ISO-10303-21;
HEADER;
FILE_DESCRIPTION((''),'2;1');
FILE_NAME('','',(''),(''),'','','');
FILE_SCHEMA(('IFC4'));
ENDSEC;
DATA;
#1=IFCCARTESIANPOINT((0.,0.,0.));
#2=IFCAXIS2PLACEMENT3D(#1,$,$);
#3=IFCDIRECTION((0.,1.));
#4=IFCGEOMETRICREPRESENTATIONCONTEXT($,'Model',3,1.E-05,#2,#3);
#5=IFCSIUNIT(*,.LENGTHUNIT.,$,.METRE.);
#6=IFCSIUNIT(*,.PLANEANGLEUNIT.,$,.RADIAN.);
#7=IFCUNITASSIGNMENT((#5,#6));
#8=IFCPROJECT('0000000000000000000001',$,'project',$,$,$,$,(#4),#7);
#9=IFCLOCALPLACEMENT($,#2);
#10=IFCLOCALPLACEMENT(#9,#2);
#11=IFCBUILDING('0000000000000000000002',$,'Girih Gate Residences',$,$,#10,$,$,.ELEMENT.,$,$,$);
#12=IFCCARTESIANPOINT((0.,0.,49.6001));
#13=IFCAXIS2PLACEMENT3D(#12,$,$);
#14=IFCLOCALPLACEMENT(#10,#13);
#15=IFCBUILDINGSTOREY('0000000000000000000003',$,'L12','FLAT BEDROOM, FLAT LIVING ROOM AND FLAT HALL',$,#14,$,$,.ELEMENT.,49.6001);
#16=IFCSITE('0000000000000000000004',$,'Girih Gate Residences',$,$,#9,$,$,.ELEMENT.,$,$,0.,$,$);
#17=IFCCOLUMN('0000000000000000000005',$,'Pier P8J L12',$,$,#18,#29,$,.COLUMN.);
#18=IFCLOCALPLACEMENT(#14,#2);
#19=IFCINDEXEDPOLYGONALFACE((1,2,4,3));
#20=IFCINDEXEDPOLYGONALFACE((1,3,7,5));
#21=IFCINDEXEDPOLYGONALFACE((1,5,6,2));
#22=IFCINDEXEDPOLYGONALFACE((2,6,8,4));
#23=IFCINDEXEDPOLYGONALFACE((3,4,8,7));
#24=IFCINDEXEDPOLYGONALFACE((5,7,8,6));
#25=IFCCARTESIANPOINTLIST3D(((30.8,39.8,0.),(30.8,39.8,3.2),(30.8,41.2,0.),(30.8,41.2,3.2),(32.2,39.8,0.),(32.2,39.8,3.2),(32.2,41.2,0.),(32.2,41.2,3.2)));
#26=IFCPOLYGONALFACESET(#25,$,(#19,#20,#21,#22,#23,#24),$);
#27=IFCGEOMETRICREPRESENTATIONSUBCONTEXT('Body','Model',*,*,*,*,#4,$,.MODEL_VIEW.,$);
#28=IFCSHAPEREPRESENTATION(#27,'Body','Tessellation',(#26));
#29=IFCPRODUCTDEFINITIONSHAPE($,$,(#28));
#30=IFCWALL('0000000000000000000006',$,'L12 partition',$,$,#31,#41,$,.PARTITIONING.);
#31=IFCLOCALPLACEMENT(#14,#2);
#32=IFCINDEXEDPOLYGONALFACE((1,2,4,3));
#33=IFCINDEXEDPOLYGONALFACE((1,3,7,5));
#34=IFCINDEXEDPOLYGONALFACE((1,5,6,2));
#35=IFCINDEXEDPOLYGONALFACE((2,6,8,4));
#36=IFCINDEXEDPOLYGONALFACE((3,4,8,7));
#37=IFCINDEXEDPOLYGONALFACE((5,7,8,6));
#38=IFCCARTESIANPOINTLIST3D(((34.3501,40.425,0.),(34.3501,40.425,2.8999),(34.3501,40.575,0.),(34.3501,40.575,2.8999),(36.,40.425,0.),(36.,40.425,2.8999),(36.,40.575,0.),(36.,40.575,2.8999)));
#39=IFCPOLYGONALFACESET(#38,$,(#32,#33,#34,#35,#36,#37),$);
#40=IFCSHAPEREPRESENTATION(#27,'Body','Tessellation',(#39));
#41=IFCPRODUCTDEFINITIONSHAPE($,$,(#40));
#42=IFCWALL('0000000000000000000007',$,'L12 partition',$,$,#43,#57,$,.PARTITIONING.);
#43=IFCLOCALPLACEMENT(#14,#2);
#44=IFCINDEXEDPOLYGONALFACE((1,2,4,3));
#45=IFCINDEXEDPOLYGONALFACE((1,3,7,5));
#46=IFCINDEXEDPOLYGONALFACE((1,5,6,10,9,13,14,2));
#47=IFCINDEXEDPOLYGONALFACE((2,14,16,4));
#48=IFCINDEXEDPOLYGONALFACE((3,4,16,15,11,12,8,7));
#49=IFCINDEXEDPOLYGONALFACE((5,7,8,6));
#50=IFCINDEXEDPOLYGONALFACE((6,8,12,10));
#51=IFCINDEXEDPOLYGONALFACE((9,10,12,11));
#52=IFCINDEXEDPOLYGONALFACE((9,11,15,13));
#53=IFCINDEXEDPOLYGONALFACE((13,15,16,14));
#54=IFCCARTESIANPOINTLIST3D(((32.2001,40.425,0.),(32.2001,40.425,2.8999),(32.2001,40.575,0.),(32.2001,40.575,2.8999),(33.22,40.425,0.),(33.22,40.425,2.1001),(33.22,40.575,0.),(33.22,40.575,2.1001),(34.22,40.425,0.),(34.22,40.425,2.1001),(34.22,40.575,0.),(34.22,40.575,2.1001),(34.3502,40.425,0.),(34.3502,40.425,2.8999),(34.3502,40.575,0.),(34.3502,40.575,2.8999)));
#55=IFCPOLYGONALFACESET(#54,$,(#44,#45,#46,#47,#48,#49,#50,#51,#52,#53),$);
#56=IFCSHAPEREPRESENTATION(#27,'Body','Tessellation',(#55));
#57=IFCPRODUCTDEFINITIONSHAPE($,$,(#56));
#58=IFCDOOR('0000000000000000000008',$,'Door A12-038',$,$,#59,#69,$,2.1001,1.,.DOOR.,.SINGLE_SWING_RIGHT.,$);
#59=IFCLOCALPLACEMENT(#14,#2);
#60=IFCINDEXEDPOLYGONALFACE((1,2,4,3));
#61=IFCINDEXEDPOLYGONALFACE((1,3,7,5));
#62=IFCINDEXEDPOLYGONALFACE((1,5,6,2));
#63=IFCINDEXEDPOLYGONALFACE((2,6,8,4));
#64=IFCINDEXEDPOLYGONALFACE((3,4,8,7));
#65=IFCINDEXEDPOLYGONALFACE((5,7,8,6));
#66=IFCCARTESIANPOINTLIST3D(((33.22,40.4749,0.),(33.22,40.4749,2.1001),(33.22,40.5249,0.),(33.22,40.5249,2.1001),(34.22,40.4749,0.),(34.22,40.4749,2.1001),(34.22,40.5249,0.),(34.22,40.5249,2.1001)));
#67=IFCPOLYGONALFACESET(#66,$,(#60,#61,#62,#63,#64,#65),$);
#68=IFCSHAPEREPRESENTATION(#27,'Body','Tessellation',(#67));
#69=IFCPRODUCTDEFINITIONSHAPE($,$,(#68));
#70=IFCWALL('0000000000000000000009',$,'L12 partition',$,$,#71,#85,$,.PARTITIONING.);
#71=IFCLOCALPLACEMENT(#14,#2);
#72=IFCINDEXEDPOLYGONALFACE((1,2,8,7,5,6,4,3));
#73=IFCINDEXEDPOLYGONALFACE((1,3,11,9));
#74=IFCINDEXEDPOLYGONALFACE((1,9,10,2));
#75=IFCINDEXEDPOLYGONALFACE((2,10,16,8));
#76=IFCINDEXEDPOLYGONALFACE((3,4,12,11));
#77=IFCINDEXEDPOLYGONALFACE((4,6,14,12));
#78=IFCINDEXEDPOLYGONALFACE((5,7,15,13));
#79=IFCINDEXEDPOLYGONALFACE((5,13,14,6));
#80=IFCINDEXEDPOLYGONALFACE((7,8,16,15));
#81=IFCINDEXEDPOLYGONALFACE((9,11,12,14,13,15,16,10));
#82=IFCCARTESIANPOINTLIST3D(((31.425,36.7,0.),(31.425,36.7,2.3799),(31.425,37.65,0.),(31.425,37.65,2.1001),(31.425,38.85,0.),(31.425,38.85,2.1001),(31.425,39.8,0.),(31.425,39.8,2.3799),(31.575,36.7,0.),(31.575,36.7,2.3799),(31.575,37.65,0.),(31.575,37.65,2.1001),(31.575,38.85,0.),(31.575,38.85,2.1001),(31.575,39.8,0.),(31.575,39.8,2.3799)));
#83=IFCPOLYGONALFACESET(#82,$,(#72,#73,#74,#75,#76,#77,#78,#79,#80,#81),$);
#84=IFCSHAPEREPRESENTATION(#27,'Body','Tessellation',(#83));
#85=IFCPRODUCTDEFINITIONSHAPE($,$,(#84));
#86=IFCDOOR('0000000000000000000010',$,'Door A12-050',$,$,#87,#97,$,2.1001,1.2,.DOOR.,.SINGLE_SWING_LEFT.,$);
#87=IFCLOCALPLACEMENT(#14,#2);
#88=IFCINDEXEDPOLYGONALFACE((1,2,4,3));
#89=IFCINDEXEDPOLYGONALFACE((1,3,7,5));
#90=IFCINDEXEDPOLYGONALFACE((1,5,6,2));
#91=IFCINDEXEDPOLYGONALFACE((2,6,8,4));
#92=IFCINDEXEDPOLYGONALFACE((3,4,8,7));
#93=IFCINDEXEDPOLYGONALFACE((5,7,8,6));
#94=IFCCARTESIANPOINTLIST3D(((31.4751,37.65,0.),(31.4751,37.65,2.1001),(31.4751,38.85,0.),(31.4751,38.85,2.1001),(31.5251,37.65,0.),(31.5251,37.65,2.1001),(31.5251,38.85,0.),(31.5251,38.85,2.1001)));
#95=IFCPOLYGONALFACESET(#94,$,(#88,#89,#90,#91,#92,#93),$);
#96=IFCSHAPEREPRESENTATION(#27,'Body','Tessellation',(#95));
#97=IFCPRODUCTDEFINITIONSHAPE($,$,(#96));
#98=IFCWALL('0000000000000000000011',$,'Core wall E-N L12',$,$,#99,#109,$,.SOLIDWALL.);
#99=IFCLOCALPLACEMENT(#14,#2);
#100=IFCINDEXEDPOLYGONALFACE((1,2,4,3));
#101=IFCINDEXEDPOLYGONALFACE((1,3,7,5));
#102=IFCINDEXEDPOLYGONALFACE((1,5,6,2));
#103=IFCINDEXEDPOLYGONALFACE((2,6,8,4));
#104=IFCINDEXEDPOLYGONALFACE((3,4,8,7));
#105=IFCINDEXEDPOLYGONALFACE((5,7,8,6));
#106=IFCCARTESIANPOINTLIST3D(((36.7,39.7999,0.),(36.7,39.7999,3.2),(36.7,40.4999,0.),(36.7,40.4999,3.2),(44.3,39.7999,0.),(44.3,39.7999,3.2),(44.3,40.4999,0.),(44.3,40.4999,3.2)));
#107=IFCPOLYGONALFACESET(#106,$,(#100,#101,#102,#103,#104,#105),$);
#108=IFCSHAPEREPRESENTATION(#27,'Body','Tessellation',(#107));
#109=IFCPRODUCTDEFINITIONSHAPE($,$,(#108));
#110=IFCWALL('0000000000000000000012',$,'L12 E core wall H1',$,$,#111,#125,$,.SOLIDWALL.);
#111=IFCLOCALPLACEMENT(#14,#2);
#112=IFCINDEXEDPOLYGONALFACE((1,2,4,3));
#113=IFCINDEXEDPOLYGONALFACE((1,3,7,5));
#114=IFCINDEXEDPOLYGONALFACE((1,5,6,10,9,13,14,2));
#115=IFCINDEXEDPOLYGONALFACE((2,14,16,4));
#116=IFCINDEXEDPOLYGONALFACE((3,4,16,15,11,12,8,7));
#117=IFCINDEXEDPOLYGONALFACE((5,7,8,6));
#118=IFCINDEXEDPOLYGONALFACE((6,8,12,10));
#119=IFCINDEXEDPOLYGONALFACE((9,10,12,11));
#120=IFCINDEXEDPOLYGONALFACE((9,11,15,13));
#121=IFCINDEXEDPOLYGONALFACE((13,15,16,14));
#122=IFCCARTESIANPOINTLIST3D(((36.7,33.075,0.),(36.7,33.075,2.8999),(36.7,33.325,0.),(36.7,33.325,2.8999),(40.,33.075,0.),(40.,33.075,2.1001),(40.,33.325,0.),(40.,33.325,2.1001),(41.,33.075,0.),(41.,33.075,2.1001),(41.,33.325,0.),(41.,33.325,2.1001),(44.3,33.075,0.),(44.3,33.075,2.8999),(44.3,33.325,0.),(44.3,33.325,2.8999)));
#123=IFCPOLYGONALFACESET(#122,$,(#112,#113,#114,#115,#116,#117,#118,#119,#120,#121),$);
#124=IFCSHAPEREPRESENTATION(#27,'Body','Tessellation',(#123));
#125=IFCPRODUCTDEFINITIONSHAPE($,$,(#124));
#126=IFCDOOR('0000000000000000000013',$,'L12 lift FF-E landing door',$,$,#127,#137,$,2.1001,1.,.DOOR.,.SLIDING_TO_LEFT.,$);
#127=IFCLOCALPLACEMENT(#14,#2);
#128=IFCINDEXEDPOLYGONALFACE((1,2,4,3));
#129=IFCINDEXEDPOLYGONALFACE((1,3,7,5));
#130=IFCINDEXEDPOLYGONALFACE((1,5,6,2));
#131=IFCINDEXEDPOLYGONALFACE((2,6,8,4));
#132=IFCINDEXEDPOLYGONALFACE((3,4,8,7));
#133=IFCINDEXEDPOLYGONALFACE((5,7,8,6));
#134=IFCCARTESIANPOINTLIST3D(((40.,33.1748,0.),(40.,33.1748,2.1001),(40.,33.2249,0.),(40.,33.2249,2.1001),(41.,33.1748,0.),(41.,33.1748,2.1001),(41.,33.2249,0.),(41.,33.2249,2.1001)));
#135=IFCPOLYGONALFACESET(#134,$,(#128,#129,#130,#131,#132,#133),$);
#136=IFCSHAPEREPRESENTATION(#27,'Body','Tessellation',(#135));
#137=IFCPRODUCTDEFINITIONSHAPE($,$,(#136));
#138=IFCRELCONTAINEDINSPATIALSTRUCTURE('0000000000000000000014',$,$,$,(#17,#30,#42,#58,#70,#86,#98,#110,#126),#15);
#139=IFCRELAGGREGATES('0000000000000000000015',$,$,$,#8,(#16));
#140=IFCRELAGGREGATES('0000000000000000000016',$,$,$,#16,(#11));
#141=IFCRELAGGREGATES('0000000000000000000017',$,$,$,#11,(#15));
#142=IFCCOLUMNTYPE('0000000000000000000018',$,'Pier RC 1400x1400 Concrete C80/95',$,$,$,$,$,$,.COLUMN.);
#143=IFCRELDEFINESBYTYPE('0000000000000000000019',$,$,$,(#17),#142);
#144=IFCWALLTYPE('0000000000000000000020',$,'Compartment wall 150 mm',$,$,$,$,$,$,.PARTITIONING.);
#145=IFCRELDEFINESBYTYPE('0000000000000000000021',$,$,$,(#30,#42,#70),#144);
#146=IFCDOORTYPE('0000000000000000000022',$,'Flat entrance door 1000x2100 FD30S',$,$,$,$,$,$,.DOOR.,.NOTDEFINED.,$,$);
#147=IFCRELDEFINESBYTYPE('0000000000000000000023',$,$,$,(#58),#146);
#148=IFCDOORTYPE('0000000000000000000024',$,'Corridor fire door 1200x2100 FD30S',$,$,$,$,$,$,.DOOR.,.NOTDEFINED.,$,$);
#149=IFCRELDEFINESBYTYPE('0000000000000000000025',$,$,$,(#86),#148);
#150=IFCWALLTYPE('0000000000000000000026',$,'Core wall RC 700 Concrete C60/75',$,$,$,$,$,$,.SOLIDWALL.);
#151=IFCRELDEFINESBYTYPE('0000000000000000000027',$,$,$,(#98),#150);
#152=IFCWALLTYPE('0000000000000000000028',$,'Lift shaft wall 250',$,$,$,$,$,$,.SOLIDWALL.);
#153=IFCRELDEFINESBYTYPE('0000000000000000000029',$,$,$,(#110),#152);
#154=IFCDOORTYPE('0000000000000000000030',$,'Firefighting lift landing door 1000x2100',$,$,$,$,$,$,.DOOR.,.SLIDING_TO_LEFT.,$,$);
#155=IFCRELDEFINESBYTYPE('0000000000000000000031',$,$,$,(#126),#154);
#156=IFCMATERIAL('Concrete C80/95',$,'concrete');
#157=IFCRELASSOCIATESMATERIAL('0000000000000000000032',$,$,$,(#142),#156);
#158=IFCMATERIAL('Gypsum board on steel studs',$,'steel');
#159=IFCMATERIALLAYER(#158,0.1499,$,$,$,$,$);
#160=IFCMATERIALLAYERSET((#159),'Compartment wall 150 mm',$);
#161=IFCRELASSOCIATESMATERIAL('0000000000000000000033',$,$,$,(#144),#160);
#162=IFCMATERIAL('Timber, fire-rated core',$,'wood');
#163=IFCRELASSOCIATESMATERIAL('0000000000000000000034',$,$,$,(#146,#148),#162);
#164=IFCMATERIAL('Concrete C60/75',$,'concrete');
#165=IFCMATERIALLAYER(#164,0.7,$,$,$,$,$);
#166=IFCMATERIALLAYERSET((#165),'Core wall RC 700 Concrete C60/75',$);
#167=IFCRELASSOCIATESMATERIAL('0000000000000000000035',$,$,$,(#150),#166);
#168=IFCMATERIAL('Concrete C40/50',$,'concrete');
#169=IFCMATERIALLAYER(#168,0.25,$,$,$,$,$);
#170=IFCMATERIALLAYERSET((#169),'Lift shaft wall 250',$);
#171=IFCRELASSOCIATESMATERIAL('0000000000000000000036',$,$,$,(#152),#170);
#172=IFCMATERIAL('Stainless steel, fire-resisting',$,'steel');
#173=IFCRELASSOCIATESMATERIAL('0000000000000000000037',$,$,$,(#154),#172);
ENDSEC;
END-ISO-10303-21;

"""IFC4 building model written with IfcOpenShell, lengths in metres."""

from ifc_helpers import new_model, si_unit, direction, frame, frame_2d, origin, origin_2d, place, context, subcontext, project, spatial, rectangle, extrude, material, layer, layer_set, material_profile, profile_set, type_object, element, fill, save


model = new_model("IFC4")

# Units and contexts
model_context = context("Model", 3, precision=1e-05, world=origin(), true_north=direction((0.0, 1.0)))
body_context = subcontext(model_context, "Body", "Model", "MODEL_VIEW")
ifc_project = project(units=[si_unit("LENGTHUNIT", "METRE"), si_unit("PLANEANGLEUNIT", "RADIAN")], contexts=[model_context])

# Site, building, storey
site_placement = place(None, origin())
site = spatial("IfcSite", under=ifc_project, at=site_placement, Name="Girih Gate Residences", CompositionType="ELEMENT", RefElevation=0.0)
building_placement = place(site_placement, origin())
building = spatial("IfcBuilding", under=site, at=building_placement, Name="Girih Gate Residences", CompositionType="ELEMENT")
storey_placement = place(building_placement, frame((0.0, 0.0, 49.6001)))
storey = spatial("IfcBuildingStorey", under=building, at=storey_placement, Name="L12", Description="FLAT BEDROOM, FLAT LIVING ROOM AND FLAT HALL", CompositionType="ELEMENT", Elevation=49.6001)

# Column
ifc_material_1 = material(Name="Concrete C80/95", Category="concrete")
ifc_material_profile = material_profile(ifc_material_1, rectangle(XDim=1.3999, YDim=1.3999, at=origin_2d()))
ifc_profile_set = profile_set([ifc_material_profile], Name="Concrete C80/95")
column_type = type_object("IfcColumnType", Name="Pier RC 1400x1400 Concrete C80/95", PredefinedType="COLUMN", material=ifc_profile_set)
column_placement = place(storey_placement, frame((31.5, 40.5, 0.0), z_axis=(0.0, 0.0, 1.0), x_axis=(1.0, 0.0, 0.0)))
element("IfcColumn", 1, at=column_placement, inside=storey, type_object=column_type, Name="Pier P8J L12", PredefinedType="COLUMN", context=body_context, shape_type="SweptSolid", body=[
    extrude(rectangle(XDim=1.3999, YDim=1.3999, at=origin_2d()), origin(), (0.0, 0.0, 1.0), 3.2),
])

# Wall
ifc_material_2 = material(Name="Gypsum board on steel studs", Category="steel")
ifc_layer_1 = layer(ifc_material_2, 0.1499)
ifc_layer_set_1 = layer_set([ifc_layer_1], Name="Compartment wall 150 mm")
wall_type_1 = type_object("IfcWallType", Name="Compartment wall 150 mm", PredefinedType="PARTITIONING", material=ifc_layer_set_1)
wall_1_placement = place(storey_placement, frame((34.3501, 40.5, 0.0), z_axis=(0.0, 0.0, 1.0), x_axis=(1.0, 0.0, 0.0)))
element("IfcWall", 2, at=wall_1_placement, inside=storey, type_object=wall_type_1, Name="L12 partition", PredefinedType="PARTITIONING", context=body_context, shape_type="SweptSolid", body=[
    extrude(rectangle(XDim=1.6499, YDim=0.1499, at=frame_2d((0.825, 0.0))), origin(), (0.0, 0.0, 1.0), 2.8999),
])

# Walls, openings, doors
wall_2_placement = place(storey_placement, frame((32.2, 40.5, 0.0), z_axis=(0.0, 0.0, 1.0), x_axis=(1.0, 0.0, 0.0)))
wall_2 = element("IfcWall", 3, at=wall_2_placement, inside=storey, type_object=wall_type_1, Name="L12 partition", PredefinedType="PARTITIONING", context=body_context, shape_type="SweptSolid", body=[
    extrude(rectangle(XDim=2.1501, YDim=0.1499, at=frame_2d((1.0752, 0.0))), origin(), (0.0, 0.0, 1.0), 2.8999),
])
opening_1_placement = place(wall_2_placement, frame((1.02, 0.0, 0.0)))
opening_1 = element("IfcOpeningElement", 4, at=opening_1_placement, cuts=wall_2, PredefinedType="OPENING", context=body_context, shape_type="SweptSolid", body=[
    extrude(rectangle(XDim=1.0, YDim=2.1001, at=frame_2d((0.5, 1.05))), frame((0.0, 0.085, 0.0), z_axis=(0.0, -1.0, 0.0), x_axis=(1.0, 0.0, 0.0)), (0.0, 0.0, 1.0), 0.1699),
])
ifc_material_3 = material(Name="Timber, fire-rated core", Category="wood")
door_type_1 = type_object("IfcDoorType", Name="Flat entrance door 1000x2100 FD30S", OperationType="NOTDEFINED", PredefinedType="DOOR", material=ifc_material_3)
door_1_placement = place(opening_1_placement, origin())
door_1 = element("IfcDoor", 5, at=door_1_placement, inside=storey, type_object=door_type_1, Name="Door A12-038", OperationType="SINGLE_SWING_RIGHT", OverallHeight=2.1001, OverallWidth=1.0, PredefinedType="DOOR", context=body_context, shape_type="SweptSolid", body=[
    extrude(rectangle(XDim=1.0, YDim=2.1001, at=frame_2d((0.5, 1.05))), frame((0.0, 0.0249, 0.0), z_axis=(0.0, -1.0, 0.0), x_axis=(1.0, 0.0, 0.0)), (0.0, 0.0, 1.0), 0.05),
])
fill(opening_1, door_1)
wall_3_placement = place(storey_placement, frame((31.5, 36.7, 0.0), z_axis=(0.0, 0.0, 1.0), x_axis=(0.0, 1.0, 0.0)))
wall_3 = element("IfcWall", 6, at=wall_3_placement, inside=storey, type_object=wall_type_1, Name="L12 partition", PredefinedType="PARTITIONING", context=body_context, shape_type="SweptSolid", body=[
    extrude(rectangle(XDim=3.1001, YDim=0.1499, at=frame_2d((1.55, 0.0))), origin(), (0.0, 0.0, 1.0), 2.3799),
])
opening_2_placement = place(wall_3_placement, frame((0.95, 0.0, 0.0)))
opening_2 = element("IfcOpeningElement", 7, at=opening_2_placement, cuts=wall_3, PredefinedType="OPENING", context=body_context, shape_type="SweptSolid", body=[
    extrude(rectangle(XDim=1.2, YDim=2.1001, at=frame_2d((0.6001, 1.05))), frame((0.0, 0.085, 0.0), z_axis=(0.0, -1.0, 0.0), x_axis=(1.0, 0.0, 0.0)), (0.0, 0.0, 1.0), 0.1699),
])
door_type_2 = type_object("IfcDoorType", Name="Corridor fire door 1200x2100 FD30S", OperationType="NOTDEFINED", PredefinedType="DOOR", material=ifc_material_3)
door_2_placement = place(opening_2_placement, origin())
door_2 = element("IfcDoor", 8, at=door_2_placement, inside=storey, type_object=door_type_2, Name="Door A12-050", OperationType="SINGLE_SWING_LEFT", OverallHeight=2.1001, OverallWidth=1.2, PredefinedType="DOOR", context=body_context, shape_type="SweptSolid", body=[
    extrude(rectangle(XDim=1.2, YDim=2.1001, at=frame_2d((0.6001, 1.05))), frame((0.0, 0.0249, 0.0), z_axis=(0.0, -1.0, 0.0), x_axis=(1.0, 0.0, 0.0)), (0.0, 0.0, 1.0), 0.05),
])
fill(opening_2, door_2)

# Wall
ifc_material_4 = material(Name="Concrete C60/75", Category="concrete")
ifc_layer_2 = layer(ifc_material_4, 0.7)
ifc_layer_set_2 = layer_set([ifc_layer_2], Name="Core wall RC 700 Concrete C60/75")
wall_type_2 = type_object("IfcWallType", Name="Core wall RC 700 Concrete C60/75", PredefinedType="SOLIDWALL", material=ifc_layer_set_2)
wall_4_placement = place(storey_placement, frame((36.7, 40.1499, 0.0), z_axis=(0.0, 0.0, 1.0), x_axis=(1.0, 0.0, 0.0)))
element("IfcWall", 9, at=wall_4_placement, inside=storey, type_object=wall_type_2, Name="Core wall E-N L12", PredefinedType="SOLIDWALL", context=body_context, shape_type="SweptSolid", body=[
    extrude(rectangle(XDim=7.6001, YDim=0.7, at=frame_2d((3.8, 0.0))), origin(), (0.0, 0.0, 1.0), 3.2),
])

# Wall, opening, door
ifc_material_5 = material(Name="Concrete C40/50", Category="concrete")
ifc_layer_3 = layer(ifc_material_5, 0.25)
ifc_layer_set_3 = layer_set([ifc_layer_3], Name="Lift shaft wall 250")
wall_type_3 = type_object("IfcWallType", Name="Lift shaft wall 250", PredefinedType="SOLIDWALL", material=ifc_layer_set_3)
wall_5_placement = place(storey_placement, frame((36.7, 33.2, 0.0), z_axis=(0.0, 0.0, 1.0), x_axis=(1.0, 0.0, 0.0)))
wall_5 = element("IfcWall", 10, at=wall_5_placement, inside=storey, type_object=wall_type_3, Name="L12 E core wall H1", PredefinedType="SOLIDWALL", context=body_context, shape_type="SweptSolid", body=[
    extrude(rectangle(XDim=7.6001, YDim=0.25, at=frame_2d((3.8, 0.0))), origin(), (0.0, 0.0, 1.0), 2.8999),
])
opening_3_placement = place(wall_5_placement, frame((3.3, 0.0, 0.0)))
opening_3 = element("IfcOpeningElement", 11, at=opening_3_placement, cuts=wall_5, PredefinedType="OPENING", context=body_context, shape_type="SweptSolid", body=[
    extrude(rectangle(XDim=1.0, YDim=2.1001, at=frame_2d((0.5, 1.05))), frame((0.0, 0.135, 0.0), z_axis=(0.0, -1.0, 0.0), x_axis=(1.0, 0.0, 0.0)), (0.0, 0.0, 1.0), 0.27),
])
ifc_material_6 = material(Name="Stainless steel, fire-resisting", Category="steel")
door_type_3 = type_object("IfcDoorType", Name="Firefighting lift landing door 1000x2100", OperationType="SLIDING_TO_LEFT", PredefinedType="DOOR", material=ifc_material_6)
door_3_placement = place(opening_3_placement, origin())
door_3 = element("IfcDoor", 12, at=door_3_placement, inside=storey, type_object=door_type_3, Name="L12 lift FF-E landing door", OperationType="SLIDING_TO_LEFT", OverallHeight=2.1001, OverallWidth=1.0, PredefinedType="DOOR", context=body_context, shape_type="SweptSolid", body=[
    extrude(rectangle(XDim=1.0, YDim=2.1001, at=frame_2d((0.5, 1.05))), frame((0.0, 0.0249, 0.0), z_axis=(0.0, -1.0, 0.0), x_axis=(1.0, 0.0, 0.0)), (0.0, 0.0, 1.0), 0.05),
])
fill(opening_3, door_3)

save(model, "model.ifc")
